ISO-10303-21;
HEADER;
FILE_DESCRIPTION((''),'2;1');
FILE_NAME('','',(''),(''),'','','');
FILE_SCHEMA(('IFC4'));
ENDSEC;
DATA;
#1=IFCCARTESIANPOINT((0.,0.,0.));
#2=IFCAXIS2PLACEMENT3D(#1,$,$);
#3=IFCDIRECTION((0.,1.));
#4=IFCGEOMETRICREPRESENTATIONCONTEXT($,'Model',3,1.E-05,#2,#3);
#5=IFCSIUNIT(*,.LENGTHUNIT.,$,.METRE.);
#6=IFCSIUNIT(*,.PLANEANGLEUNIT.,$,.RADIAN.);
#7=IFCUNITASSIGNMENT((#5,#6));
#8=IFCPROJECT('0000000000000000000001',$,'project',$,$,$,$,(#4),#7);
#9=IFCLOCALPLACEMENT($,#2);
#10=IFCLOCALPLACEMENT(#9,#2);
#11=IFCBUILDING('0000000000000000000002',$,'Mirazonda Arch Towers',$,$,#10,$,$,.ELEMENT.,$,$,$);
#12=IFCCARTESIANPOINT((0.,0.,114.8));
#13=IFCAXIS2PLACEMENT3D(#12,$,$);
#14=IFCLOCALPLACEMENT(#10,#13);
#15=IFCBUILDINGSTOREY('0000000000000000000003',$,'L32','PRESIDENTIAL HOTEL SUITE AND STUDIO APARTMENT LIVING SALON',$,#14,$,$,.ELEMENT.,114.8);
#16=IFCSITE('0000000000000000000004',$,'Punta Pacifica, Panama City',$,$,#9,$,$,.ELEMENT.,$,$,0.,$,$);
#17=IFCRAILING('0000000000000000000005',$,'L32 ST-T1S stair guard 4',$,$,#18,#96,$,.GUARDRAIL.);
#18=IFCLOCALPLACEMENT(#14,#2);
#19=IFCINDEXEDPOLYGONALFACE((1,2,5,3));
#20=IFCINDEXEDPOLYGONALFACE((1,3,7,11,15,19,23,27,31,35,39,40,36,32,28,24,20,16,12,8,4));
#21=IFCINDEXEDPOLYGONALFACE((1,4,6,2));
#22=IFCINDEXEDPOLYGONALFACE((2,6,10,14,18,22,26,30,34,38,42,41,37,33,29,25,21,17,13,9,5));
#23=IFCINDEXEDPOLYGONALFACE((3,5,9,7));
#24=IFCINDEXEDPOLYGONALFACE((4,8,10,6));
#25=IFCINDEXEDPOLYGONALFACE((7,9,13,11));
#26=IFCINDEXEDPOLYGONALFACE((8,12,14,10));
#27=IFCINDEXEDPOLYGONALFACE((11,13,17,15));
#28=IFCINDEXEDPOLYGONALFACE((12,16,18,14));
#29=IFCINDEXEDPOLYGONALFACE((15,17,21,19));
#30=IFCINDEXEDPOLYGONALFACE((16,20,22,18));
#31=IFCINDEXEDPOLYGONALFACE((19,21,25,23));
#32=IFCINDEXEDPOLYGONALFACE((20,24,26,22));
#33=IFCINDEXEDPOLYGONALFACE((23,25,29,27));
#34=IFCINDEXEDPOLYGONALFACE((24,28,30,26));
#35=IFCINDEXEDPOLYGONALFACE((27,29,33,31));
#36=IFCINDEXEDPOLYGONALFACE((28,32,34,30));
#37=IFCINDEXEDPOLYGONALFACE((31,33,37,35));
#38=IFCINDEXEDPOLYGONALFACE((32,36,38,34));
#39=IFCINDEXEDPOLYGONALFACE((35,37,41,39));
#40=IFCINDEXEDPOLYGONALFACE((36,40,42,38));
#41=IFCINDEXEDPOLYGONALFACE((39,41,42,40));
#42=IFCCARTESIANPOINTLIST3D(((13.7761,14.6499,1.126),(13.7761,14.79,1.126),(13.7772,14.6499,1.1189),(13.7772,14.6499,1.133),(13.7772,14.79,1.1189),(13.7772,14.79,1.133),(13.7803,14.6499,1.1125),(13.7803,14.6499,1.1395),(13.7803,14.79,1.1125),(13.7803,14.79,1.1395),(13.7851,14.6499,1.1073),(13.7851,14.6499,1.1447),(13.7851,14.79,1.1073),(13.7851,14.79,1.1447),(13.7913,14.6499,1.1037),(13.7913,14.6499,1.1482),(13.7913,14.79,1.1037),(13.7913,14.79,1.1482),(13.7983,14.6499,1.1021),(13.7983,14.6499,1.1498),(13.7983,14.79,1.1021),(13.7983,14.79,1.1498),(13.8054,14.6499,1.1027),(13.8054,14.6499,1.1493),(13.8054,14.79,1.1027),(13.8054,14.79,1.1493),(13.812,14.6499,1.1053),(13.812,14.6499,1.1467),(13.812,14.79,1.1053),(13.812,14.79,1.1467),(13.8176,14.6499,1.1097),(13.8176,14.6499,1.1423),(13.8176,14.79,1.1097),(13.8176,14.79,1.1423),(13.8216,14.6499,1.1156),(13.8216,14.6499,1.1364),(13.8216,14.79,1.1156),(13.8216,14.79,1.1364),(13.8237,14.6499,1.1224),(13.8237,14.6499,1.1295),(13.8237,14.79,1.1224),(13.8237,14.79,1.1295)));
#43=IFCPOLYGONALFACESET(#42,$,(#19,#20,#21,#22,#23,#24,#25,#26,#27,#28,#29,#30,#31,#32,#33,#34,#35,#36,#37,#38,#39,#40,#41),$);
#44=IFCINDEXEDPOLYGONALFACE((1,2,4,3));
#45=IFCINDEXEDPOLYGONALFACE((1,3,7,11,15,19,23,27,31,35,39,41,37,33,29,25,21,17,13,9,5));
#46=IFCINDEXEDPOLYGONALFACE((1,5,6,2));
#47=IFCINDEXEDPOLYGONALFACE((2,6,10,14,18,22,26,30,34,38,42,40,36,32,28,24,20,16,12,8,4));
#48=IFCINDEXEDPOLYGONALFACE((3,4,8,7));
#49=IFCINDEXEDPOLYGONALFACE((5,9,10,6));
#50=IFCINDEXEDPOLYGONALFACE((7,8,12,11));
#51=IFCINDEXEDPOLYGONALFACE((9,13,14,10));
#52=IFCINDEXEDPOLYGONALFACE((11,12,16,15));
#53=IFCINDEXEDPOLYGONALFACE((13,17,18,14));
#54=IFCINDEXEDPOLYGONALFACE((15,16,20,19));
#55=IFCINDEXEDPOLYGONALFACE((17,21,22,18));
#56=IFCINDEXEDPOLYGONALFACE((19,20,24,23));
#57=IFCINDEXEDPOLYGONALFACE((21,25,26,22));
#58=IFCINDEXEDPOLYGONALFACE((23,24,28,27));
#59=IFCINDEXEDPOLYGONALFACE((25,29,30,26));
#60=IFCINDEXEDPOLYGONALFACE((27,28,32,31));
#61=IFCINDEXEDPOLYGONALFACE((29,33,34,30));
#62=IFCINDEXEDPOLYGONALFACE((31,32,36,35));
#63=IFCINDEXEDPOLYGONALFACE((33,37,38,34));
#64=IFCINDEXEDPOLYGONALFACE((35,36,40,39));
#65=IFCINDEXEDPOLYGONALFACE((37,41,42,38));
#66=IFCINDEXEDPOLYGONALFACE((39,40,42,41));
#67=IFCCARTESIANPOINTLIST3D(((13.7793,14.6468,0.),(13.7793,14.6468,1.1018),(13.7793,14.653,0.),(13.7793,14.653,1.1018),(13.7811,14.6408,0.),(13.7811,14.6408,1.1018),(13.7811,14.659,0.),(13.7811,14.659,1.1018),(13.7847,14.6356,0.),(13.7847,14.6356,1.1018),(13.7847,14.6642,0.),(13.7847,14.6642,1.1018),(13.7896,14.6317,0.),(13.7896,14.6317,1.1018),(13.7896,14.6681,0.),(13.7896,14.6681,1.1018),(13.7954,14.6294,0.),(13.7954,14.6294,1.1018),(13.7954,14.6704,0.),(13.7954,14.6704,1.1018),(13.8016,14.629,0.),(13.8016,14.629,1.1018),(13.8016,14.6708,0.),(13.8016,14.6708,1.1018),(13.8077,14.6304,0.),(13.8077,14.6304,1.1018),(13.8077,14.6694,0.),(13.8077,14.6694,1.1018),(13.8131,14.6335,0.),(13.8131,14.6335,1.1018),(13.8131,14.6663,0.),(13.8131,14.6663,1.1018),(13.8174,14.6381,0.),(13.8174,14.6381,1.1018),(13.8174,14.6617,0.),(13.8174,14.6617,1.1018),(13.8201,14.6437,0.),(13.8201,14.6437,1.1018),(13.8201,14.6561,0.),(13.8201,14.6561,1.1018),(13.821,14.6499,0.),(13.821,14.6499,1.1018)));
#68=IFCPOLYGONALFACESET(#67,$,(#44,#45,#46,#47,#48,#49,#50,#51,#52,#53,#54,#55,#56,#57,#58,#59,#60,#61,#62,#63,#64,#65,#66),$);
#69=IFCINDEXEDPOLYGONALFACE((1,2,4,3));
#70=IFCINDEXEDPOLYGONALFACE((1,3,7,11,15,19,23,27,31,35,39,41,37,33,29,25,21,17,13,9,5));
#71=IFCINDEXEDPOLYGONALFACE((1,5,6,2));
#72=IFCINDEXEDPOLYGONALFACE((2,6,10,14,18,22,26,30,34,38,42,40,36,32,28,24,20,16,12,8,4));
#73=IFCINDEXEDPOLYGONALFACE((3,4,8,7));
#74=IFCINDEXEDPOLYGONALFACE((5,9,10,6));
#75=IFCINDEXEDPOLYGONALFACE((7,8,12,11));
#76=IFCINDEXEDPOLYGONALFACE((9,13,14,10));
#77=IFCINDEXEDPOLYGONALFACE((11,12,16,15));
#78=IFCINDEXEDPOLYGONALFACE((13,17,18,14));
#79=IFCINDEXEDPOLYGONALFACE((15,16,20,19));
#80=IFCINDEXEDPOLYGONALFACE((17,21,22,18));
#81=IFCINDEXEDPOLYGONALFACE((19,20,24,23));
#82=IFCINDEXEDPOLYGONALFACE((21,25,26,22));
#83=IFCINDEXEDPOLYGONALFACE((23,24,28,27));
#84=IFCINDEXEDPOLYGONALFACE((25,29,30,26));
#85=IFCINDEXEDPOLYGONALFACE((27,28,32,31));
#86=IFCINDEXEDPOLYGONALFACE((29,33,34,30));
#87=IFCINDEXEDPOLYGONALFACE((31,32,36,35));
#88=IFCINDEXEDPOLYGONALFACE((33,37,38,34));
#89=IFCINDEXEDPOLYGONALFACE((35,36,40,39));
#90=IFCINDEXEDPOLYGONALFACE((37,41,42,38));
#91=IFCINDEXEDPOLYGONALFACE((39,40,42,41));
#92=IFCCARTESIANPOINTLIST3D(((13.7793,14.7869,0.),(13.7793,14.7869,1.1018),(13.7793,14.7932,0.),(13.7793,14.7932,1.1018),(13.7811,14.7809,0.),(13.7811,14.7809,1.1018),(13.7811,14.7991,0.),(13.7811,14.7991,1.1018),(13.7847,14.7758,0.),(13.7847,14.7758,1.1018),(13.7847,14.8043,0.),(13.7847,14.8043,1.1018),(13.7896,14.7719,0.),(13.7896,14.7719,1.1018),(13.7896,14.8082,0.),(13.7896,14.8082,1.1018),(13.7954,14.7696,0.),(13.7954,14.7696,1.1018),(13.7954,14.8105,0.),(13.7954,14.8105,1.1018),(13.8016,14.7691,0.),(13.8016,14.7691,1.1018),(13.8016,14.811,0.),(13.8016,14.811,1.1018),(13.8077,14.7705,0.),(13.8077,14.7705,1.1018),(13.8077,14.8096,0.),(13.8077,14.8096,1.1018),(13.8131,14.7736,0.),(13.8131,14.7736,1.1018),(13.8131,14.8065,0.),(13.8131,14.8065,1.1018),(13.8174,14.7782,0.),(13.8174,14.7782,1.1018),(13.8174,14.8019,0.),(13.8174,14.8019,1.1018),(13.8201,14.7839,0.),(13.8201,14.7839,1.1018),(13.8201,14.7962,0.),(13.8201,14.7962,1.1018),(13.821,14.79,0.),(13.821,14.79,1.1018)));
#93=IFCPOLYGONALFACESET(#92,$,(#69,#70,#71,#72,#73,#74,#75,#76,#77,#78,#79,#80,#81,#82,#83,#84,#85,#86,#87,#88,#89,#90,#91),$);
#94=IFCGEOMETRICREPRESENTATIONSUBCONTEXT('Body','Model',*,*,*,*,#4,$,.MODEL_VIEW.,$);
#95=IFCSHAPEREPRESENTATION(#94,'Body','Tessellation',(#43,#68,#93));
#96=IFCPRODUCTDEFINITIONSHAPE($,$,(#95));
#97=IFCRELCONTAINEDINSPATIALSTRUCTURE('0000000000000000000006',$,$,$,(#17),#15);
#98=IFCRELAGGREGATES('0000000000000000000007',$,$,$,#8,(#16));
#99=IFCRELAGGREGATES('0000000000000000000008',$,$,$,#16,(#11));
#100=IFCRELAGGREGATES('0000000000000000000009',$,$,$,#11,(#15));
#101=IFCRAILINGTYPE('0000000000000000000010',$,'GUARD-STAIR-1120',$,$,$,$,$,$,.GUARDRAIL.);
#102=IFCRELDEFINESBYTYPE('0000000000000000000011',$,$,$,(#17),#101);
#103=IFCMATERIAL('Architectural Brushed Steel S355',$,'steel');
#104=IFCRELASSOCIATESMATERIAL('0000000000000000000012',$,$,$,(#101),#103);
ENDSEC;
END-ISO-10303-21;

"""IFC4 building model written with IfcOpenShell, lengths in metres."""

from ifc_helpers import new_model, si_unit, direction, frame, origin, origin_2d, place, context, subcontext, project, spatial, circle, extrude, material, type_object, element, save


model = new_model("IFC4")

# Units and contexts
model_context = context("Model", 3, precision=1e-05, world=origin(), true_north=direction((0.0, 1.0)))
body_context = subcontext(model_context, "Body", "Model", "MODEL_VIEW")
ifc_project = project(units=[si_unit("LENGTHUNIT", "METRE"), si_unit("PLANEANGLEUNIT", "RADIAN")], contexts=[model_context])

# Site, building, storey
site_placement = place(None, origin())
site = spatial("IfcSite", under=ifc_project, at=site_placement, Name="Punta Pacifica, Panama City", CompositionType="ELEMENT", RefElevation=0.0)
building_placement = place(site_placement, origin())
building = spatial("IfcBuilding", under=site, at=building_placement, Name="Mirazonda Arch Towers", CompositionType="ELEMENT")
storey_placement = place(building_placement, frame((0.0, 0.0, 114.8)))
storey = spatial("IfcBuildingStorey", under=building, at=storey_placement, Name="L32", Description="PRESIDENTIAL HOTEL SUITE AND STUDIO APARTMENT LIVING SALON", CompositionType="ELEMENT", Elevation=114.8)

# Shared definitions
ifc_material_1 = material(Name="Architectural Brushed Steel S355", Category="steel")

# Railing
railing_type_1 = type_object("IfcRailingType", Name="GUARD-STAIR-1120", PredefinedType="GUARDRAIL", material=ifc_material_1)
railing_1_placement = place(storey_placement, frame((13.8, 14.6499, 0.0)))
element("IfcRailing", 1, at=railing_1_placement, inside=storey, type_object=railing_type_1, Name="L32 ST-T1S stair guard 4", PredefinedType="GUARDRAIL", context=body_context, shape_type="SweptSolid", body=[
    extrude(circle(Radius=0.0239, at=origin_2d()), frame((0.0, 0.0, 1.126), z_axis=(0.0, 1.0, 0.0), x_axis=(-1.0, 0.0, 0.0)), (0.0, 0.0, 1.0), 0.1401),
    extrude(circle(Radius=0.021, at=origin_2d()), origin(), (0.0, 0.0, 1.0), 1.1018),
    extrude(circle(Radius=0.021, at=origin_2d()), frame((0.0, 0.1401, 0.0)), (0.0, 0.0, 1.0), 1.1018),
])

save(model, "model.ifc")
